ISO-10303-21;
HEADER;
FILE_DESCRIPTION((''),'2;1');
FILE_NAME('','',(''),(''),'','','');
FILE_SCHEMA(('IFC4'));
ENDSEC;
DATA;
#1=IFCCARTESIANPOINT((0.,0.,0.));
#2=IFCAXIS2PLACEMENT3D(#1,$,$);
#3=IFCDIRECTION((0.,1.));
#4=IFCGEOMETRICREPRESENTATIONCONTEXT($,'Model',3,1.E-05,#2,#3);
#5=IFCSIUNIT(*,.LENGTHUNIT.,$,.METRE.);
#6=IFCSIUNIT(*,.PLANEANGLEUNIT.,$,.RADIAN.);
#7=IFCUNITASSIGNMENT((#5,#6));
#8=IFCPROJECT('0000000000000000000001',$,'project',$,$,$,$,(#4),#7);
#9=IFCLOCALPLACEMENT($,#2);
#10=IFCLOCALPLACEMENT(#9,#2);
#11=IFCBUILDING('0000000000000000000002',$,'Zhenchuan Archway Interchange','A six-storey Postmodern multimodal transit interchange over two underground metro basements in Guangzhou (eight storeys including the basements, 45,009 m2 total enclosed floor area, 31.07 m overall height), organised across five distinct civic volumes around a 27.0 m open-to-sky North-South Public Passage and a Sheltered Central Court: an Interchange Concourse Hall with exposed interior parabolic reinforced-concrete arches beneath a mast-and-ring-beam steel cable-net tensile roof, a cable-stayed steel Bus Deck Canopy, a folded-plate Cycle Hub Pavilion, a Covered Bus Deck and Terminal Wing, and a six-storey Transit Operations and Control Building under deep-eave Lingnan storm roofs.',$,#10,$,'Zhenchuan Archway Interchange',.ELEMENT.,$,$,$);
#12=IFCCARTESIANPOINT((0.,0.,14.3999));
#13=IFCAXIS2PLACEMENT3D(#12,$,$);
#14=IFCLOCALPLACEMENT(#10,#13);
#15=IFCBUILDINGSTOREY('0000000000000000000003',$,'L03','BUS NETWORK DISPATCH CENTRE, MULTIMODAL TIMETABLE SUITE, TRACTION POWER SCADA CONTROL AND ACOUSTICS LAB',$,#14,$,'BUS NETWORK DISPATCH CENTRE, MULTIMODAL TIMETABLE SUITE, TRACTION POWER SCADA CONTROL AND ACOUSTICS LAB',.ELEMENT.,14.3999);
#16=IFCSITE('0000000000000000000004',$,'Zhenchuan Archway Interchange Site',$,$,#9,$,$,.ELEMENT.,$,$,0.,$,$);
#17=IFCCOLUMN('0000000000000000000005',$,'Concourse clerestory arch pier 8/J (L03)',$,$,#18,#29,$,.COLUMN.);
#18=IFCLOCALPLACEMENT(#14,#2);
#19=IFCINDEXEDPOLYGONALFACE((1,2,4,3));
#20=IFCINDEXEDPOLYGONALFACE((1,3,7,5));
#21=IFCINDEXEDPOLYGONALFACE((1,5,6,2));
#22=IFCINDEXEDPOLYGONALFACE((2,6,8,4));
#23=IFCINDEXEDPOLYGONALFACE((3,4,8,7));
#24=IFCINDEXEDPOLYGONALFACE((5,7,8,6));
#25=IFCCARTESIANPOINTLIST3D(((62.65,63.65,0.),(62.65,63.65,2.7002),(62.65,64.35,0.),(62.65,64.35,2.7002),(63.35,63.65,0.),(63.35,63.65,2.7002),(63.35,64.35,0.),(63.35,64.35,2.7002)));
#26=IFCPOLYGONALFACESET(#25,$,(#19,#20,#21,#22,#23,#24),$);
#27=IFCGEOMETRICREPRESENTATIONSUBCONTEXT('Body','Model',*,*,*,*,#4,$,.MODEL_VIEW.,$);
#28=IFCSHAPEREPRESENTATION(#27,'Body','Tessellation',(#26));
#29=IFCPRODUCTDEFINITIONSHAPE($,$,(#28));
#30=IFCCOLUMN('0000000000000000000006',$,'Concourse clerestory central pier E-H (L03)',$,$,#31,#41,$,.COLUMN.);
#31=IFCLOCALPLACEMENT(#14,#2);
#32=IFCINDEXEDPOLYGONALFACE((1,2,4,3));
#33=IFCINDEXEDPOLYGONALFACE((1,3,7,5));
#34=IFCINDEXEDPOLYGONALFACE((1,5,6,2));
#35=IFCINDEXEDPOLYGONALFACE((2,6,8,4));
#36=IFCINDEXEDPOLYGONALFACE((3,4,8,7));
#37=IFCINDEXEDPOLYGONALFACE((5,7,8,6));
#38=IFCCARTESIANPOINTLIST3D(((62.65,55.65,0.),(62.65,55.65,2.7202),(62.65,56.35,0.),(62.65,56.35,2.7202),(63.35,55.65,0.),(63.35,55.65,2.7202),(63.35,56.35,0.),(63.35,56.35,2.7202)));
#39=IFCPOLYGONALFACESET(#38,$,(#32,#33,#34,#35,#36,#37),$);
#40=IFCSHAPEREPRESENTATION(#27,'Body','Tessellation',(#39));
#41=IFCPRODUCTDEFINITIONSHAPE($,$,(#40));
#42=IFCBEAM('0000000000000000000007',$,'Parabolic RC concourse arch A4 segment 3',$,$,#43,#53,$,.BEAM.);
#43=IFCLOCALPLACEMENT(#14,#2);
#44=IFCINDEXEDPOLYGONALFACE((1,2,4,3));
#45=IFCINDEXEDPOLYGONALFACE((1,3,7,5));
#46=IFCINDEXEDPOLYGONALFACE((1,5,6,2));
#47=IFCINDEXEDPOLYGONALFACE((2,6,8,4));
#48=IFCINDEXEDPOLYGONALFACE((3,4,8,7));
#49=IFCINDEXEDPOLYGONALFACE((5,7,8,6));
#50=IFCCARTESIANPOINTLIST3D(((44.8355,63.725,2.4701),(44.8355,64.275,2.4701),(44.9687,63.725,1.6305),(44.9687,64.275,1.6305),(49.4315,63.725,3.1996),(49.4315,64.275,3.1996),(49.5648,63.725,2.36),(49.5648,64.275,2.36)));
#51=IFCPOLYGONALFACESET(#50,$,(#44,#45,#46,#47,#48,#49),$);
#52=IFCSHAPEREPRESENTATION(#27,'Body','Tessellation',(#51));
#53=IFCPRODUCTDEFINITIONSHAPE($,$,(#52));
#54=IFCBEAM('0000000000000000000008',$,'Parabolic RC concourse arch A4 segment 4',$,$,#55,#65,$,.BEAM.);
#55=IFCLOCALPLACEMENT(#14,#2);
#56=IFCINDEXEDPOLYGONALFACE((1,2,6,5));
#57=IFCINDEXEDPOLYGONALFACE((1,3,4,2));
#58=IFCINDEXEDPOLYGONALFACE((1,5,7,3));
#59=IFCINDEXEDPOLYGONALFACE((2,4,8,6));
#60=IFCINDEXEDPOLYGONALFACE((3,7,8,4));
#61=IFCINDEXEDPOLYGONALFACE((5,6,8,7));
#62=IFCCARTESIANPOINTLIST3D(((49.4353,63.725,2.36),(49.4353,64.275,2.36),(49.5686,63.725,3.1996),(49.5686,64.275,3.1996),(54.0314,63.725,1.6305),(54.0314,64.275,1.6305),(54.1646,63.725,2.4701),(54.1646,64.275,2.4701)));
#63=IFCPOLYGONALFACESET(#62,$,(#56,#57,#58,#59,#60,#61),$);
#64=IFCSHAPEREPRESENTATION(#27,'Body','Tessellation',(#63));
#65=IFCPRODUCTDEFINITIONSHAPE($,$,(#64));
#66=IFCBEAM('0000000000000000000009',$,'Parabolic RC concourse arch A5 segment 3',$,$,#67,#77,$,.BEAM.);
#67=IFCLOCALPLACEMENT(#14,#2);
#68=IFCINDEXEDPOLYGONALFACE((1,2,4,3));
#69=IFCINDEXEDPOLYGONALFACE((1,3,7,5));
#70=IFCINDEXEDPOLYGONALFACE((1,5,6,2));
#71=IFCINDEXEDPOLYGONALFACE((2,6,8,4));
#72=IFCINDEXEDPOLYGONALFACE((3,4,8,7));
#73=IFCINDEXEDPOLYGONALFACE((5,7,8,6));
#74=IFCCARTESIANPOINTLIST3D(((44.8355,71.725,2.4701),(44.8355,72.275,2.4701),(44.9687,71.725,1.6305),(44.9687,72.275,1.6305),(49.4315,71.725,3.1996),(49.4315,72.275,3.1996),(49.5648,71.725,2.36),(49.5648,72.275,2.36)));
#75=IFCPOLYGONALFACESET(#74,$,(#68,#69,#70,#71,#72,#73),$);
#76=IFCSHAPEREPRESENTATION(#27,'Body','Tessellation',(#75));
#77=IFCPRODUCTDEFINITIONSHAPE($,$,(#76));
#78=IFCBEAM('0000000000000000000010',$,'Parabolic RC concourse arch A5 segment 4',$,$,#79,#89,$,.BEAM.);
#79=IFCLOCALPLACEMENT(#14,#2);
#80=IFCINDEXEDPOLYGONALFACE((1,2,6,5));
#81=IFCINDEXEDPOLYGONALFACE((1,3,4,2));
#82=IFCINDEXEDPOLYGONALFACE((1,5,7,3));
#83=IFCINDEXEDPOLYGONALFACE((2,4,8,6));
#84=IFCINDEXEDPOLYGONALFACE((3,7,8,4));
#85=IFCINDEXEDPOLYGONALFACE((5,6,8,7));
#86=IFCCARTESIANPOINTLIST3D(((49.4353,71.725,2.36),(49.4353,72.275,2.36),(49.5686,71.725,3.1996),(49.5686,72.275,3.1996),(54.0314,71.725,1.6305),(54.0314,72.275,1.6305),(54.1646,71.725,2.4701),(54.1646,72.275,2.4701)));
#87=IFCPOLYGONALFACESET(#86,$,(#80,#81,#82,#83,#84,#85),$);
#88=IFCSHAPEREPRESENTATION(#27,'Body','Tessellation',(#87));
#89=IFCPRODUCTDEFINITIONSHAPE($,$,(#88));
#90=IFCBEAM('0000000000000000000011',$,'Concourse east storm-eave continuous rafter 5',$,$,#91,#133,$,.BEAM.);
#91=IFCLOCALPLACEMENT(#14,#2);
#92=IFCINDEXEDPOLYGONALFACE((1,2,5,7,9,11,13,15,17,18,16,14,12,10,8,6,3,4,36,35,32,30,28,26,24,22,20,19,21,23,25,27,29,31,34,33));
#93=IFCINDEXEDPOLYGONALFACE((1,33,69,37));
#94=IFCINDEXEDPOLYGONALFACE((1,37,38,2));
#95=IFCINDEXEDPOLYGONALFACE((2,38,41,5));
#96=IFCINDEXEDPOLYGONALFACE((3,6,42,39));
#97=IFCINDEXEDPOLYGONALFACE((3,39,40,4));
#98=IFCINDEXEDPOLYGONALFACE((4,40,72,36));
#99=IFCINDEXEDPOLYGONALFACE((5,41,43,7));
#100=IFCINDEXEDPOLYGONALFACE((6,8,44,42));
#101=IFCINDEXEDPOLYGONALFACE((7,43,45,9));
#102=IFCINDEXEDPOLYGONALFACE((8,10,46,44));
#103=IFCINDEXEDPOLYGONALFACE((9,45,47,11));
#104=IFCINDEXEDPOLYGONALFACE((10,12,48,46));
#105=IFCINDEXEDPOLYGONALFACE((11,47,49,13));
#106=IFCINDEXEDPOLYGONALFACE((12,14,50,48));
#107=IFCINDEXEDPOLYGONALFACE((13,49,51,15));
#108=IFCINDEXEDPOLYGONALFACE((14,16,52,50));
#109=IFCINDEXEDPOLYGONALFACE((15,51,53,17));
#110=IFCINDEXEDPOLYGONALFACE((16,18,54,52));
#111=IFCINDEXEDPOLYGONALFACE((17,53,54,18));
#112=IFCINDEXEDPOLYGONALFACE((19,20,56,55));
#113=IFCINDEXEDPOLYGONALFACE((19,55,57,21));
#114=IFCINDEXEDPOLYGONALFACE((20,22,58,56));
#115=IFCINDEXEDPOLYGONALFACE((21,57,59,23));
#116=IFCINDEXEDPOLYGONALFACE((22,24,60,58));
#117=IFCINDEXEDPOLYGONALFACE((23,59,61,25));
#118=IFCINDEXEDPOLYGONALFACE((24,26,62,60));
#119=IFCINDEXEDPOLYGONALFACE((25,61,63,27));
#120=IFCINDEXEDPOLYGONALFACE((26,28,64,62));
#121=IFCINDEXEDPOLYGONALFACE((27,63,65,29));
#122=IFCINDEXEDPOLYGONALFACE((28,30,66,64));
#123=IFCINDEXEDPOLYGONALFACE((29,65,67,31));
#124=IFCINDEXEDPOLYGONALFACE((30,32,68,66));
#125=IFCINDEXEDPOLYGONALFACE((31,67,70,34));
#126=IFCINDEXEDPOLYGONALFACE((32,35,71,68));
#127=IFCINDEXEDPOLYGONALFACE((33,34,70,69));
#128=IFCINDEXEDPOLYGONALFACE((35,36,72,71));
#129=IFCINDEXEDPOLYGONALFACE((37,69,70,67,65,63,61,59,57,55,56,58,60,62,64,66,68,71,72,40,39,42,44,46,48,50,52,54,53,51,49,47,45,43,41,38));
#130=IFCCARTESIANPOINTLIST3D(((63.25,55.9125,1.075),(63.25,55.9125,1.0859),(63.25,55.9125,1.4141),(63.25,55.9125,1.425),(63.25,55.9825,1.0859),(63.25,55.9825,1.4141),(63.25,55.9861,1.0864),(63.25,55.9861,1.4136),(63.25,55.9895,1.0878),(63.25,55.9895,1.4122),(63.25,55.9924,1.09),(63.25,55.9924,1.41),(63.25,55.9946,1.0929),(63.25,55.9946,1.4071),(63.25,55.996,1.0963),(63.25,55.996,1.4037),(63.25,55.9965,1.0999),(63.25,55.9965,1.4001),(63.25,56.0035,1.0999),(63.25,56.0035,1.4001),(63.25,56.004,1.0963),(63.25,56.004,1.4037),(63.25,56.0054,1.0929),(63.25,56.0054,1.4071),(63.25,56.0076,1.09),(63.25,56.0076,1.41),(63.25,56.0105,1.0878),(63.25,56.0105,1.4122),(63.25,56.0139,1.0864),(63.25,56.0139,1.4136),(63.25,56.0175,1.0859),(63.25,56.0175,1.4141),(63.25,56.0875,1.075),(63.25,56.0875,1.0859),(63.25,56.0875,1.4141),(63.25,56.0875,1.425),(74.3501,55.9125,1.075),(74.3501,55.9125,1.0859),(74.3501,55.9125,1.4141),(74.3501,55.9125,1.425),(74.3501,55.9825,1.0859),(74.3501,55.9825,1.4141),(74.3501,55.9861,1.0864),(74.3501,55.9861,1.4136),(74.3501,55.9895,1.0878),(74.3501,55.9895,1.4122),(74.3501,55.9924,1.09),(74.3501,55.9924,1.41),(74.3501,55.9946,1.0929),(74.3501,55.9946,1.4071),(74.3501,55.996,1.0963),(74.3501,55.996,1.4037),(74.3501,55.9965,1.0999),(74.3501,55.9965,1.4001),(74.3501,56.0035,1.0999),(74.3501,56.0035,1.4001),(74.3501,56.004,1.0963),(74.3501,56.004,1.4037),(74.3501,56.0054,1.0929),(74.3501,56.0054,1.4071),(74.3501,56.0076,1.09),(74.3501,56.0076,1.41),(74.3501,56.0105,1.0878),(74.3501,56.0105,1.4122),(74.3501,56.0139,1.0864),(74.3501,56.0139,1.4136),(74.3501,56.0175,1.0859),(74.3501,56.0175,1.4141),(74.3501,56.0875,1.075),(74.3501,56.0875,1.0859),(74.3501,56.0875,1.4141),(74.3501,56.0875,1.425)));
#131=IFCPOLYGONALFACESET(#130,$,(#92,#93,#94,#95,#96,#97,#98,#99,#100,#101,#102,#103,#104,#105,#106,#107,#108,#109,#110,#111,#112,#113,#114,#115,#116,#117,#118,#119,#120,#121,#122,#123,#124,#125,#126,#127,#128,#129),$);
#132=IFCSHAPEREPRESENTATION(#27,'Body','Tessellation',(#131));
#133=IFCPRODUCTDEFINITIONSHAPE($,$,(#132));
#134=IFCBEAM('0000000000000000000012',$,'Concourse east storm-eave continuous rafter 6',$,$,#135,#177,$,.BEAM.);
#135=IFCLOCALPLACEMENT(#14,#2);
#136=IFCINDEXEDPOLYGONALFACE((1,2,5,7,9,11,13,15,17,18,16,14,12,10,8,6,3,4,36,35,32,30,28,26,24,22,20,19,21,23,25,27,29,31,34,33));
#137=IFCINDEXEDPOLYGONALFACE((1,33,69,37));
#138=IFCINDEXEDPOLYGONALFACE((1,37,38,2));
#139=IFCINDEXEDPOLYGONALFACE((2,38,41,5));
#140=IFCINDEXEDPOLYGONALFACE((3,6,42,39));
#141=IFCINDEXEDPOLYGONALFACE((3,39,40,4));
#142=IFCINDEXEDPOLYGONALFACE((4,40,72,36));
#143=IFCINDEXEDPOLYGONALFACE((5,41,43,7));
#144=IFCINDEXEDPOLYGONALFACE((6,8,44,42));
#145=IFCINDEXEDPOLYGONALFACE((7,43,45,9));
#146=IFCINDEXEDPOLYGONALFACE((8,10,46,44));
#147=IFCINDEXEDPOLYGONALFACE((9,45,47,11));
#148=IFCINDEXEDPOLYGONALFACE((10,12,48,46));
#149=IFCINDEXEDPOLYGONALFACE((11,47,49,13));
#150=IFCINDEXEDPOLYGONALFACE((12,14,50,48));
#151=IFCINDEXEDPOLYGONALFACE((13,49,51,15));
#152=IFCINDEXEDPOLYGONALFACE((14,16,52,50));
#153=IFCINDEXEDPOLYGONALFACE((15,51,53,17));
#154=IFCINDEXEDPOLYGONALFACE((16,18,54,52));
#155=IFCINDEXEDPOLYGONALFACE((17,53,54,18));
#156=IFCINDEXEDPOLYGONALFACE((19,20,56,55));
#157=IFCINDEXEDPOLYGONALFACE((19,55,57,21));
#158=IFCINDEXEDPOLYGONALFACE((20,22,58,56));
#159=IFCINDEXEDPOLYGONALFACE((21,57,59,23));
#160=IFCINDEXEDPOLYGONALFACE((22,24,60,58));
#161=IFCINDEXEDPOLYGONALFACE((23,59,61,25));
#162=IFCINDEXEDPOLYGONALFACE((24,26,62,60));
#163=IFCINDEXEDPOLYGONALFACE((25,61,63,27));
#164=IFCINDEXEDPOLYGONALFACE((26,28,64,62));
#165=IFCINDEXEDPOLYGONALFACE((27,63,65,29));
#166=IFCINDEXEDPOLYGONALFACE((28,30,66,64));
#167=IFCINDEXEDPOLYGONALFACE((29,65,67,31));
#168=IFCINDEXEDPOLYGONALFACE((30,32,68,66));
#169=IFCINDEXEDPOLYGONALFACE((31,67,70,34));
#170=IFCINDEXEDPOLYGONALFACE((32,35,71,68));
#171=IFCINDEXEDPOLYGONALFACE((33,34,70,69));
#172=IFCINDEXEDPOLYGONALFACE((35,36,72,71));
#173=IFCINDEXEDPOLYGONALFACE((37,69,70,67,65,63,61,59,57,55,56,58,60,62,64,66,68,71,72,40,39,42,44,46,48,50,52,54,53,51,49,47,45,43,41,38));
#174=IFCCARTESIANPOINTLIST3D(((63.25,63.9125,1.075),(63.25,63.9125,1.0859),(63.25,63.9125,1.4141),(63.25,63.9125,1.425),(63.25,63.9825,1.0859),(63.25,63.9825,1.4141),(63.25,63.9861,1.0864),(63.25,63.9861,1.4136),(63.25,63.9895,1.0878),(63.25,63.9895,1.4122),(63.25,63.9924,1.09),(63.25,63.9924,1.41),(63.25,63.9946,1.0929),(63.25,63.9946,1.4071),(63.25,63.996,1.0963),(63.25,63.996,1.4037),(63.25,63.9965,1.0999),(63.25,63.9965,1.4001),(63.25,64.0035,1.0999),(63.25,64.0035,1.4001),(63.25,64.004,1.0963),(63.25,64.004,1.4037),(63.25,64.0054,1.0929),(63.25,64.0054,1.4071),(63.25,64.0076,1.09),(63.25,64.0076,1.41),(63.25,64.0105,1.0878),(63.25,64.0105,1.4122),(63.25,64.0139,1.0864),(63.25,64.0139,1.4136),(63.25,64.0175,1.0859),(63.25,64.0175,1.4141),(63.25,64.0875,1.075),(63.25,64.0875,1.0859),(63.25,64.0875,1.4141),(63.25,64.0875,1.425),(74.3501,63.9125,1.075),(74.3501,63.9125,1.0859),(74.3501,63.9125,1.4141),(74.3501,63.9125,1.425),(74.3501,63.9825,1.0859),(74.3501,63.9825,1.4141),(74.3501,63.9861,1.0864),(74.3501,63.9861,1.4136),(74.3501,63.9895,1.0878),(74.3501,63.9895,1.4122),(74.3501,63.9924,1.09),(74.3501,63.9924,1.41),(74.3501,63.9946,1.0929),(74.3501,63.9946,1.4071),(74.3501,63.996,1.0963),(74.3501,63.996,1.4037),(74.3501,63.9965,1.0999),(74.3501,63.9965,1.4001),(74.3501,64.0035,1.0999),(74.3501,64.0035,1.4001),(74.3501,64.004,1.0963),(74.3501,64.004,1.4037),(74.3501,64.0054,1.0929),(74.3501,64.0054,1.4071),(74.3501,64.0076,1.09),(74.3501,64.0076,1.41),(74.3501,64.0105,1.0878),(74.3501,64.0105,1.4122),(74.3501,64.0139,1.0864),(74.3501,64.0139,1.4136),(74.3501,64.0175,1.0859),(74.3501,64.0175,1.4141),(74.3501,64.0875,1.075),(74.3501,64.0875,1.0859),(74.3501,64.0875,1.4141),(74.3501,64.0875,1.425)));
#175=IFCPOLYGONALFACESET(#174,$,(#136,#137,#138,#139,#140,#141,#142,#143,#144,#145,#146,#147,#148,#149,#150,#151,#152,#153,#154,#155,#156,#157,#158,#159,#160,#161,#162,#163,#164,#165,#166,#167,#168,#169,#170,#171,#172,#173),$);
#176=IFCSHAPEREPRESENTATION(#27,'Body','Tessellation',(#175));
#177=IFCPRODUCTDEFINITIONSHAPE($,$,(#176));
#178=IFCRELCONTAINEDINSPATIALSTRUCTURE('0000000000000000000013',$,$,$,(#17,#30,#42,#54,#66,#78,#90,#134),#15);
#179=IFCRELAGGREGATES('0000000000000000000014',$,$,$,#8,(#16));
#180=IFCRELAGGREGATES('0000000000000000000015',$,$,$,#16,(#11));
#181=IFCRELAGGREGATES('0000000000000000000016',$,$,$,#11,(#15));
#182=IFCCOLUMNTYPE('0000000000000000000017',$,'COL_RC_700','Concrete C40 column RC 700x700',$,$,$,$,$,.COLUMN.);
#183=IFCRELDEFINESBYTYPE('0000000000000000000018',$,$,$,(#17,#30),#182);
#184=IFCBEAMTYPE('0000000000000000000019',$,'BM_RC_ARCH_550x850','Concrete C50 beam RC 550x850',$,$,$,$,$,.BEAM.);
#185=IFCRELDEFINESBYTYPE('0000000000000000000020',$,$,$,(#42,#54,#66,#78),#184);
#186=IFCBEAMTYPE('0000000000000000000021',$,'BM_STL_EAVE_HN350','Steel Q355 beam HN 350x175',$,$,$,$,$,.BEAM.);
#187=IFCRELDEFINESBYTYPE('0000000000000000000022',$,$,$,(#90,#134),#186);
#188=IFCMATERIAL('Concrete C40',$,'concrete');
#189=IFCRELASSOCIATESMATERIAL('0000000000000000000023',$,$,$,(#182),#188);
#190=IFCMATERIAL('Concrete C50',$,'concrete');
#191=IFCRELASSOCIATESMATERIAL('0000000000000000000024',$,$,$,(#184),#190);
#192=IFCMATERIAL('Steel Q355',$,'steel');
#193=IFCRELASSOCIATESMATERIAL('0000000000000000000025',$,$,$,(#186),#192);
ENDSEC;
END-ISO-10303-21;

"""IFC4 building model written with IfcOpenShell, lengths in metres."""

from ifc_helpers import new_model, si_unit, direction, frame, origin, origin_2d, place, context, subcontext, project, spatial, rectangle, i_section, extrude, material, material_profile, profile_set, type_object, element, save


model = new_model("IFC4")

# Units and contexts
model_context = context("Model", 3, precision=1e-05, world=origin(), true_north=direction((0.0, 1.0)))
body_context = subcontext(model_context, "Body", "Model", "MODEL_VIEW")
ifc_project = project(units=[si_unit("LENGTHUNIT", "METRE"), si_unit("PLANEANGLEUNIT", "RADIAN")], contexts=[model_context])

# Site, building, storey
site_placement = place(None, origin())
site = spatial("IfcSite", under=ifc_project, at=site_placement, Name="Zhenchuan Archway Interchange Site", CompositionType="ELEMENT", RefElevation=0.0)
building_placement = place(site_placement, origin())
building = spatial("IfcBuilding", under=site, at=building_placement, Name="Zhenchuan Archway Interchange", Description="A six-storey Postmodern multimodal transit interchange over two underground metro basements in Guangzhou (eight storeys including the basements, 45,009 m2 total enclosed floor area, 31.07 m overall height), organised across five distinct civic volumes around a 27.0 m open-to-sky North-South Public Passage and a Sheltered Central Court: an Interchange Concourse Hall with exposed interior parabolic reinforced-concrete arches beneath a mast-and-ring-beam steel cable-net tensile roof, a cable-stayed steel Bus Deck Canopy, a folded-plate Cycle Hub Pavilion, a Covered Bus Deck and Terminal Wing, and a six-storey Transit Operations and Control Building under deep-eave Lingnan storm roofs.", LongName="Zhenchuan Archway Interchange", CompositionType="ELEMENT")
storey_placement = place(building_placement, frame((0.0, 0.0, 14.3999)))
storey = spatial("IfcBuildingStorey", under=building, at=storey_placement, Name="L03", Description="BUS NETWORK DISPATCH CENTRE, MULTIMODAL TIMETABLE SUITE, TRACTION POWER SCADA CONTROL AND ACOUSTICS LAB", LongName="BUS NETWORK DISPATCH CENTRE, MULTIMODAL TIMETABLE SUITE, TRACTION POWER SCADA CONTROL AND ACOUSTICS LAB", CompositionType="ELEMENT", Elevation=14.3999)

# Columns
ifc_material_1 = material(Name="Concrete C40", Category="concrete")
ifc_material_profile_1 = material_profile(ifc_material_1, rectangle(XDim=0.7, YDim=0.7, at=origin_2d()), Name="RC 700x700")
ifc_profile_set_1 = profile_set([ifc_material_profile_1], Name="Concrete C40")
column_type = type_object("IfcColumnType", Name="COL_RC_700", Description="Concrete C40 column RC 700x700", PredefinedType="COLUMN", material=ifc_profile_set_1)
column_1_placement = place(storey_placement, frame((63.0, 64.0, 0.0), z_axis=(0.0, 0.0, 1.0), x_axis=(1.0, 0.0, 0.0)))
element("IfcColumn", 1, at=column_1_placement, inside=storey, type_object=column_type, Name="Concourse clerestory arch pier 8/J (L03)", PredefinedType="COLUMN", context=body_context, shape_type="SweptSolid", body=[
    extrude(rectangle(XDim=0.7, YDim=0.7, at=origin_2d()), origin(), (0.0, 0.0, 1.0), 2.7002),
])
column_2_placement = place(storey_placement, frame((63.0, 56.0, 0.0), z_axis=(0.0, 0.0, 1.0), x_axis=(1.0, 0.0, 0.0)))
element("IfcColumn", 2, at=column_2_placement, inside=storey, type_object=column_type, Name="Concourse clerestory central pier E-H (L03)", PredefinedType="COLUMN", context=body_context, shape_type="SweptSolid", body=[
    extrude(rectangle(XDim=0.7, YDim=0.7, at=origin_2d()), origin(), (0.0, 0.0, 1.0), 2.7202),
])

# Beams
ifc_material_2 = material(Name="Concrete C50", Category="concrete")
ifc_material_profile_2 = material_profile(ifc_material_2, rectangle(XDim=0.55, YDim=0.8501, at=origin_2d()), Name="RC 550x850")
ifc_profile_set_2 = profile_set([ifc_material_profile_2], Name="Concrete C50")
beam_type_1 = type_object("IfcBeamType", Name="BM_RC_ARCH_550x850", Description="Concrete C50 beam RC 550x850", PredefinedType="BEAM", material=ifc_profile_set_2)
for number, where, z_axis, x_axis, name in (
    (3, (44.9021, 64.0, 2.0503), (0.987636, 0.0, 0.156763), (0.0, 1.0, 0.0), "Parabolic RC concourse arch A4 segment 3"),
    (4, (49.502, 64.0, 2.7798), (0.987636, 0.0, -0.156763), (0.0, 1.0, 0.0), "Parabolic RC concourse arch A4 segment 4"),
    (5, (44.9021, 72.0, 2.0503), (0.987636, 0.0, 0.156763), (0.0, 1.0, 0.0), "Parabolic RC concourse arch A5 segment 3"),
    (6, (49.502, 72.0, 2.7798), (0.987636, 0.0, -0.156763), (0.0, 1.0, 0.0), "Parabolic RC concourse arch A5 segment 4"),
):
    element("IfcBeam", number, at=place(storey_placement, frame(where, z_axis=z_axis, x_axis=x_axis)), inside=storey, type_object=beam_type_1, Name=name, PredefinedType="BEAM", context=body_context, shape_type="SweptSolid", body=[
        extrude(rectangle(XDim=0.55, YDim=0.8501, at=origin_2d()), origin(), (0.0, 0.0, 1.0), 4.6536),
    ])
ifc_material_3 = material(Name="Steel Q355", Category="steel")
ifc_material_profile_3 = material_profile(ifc_material_3, i_section(OverallWidth=0.175, OverallDepth=0.3501, WebThickness=0.0071, FlangeThickness=0.011, FilletRadius=0.0139, at=origin_2d()), Name="HN 350x175")
ifc_profile_set_3 = profile_set([ifc_material_profile_3], Name="Steel Q355")
beam_type_2 = type_object("IfcBeamType", Name="BM_STL_EAVE_HN350", Description="Steel Q355 beam HN 350x175", PredefinedType="BEAM", material=ifc_profile_set_3)
for number, where, z_axis, x_axis, name in (
    (7, (63.25, 56.0, 1.25), (1.0, 0.0, 0.0), (0.0, 1.0, 0.0), "Concourse east storm-eave continuous rafter 5"),
    (8, (63.25, 64.0, 1.25), (1.0, 0.0, 0.0), (0.0, 1.0, 0.0), "Concourse east storm-eave continuous rafter 6"),
):
    element("IfcBeam", number, at=place(storey_placement, frame(where, z_axis=z_axis, x_axis=x_axis)), inside=storey, type_object=beam_type_2, Name=name, PredefinedType="BEAM", context=body_context, shape_type="SweptSolid", body=[
        extrude(i_section(OverallWidth=0.175, OverallDepth=0.3501, WebThickness=0.0071, FlangeThickness=0.011, FilletRadius=0.0139, at=origin_2d()), origin(), (0.0, 0.0, 1.0), 11.1001),
    ])

save(model, "model.ifc")
